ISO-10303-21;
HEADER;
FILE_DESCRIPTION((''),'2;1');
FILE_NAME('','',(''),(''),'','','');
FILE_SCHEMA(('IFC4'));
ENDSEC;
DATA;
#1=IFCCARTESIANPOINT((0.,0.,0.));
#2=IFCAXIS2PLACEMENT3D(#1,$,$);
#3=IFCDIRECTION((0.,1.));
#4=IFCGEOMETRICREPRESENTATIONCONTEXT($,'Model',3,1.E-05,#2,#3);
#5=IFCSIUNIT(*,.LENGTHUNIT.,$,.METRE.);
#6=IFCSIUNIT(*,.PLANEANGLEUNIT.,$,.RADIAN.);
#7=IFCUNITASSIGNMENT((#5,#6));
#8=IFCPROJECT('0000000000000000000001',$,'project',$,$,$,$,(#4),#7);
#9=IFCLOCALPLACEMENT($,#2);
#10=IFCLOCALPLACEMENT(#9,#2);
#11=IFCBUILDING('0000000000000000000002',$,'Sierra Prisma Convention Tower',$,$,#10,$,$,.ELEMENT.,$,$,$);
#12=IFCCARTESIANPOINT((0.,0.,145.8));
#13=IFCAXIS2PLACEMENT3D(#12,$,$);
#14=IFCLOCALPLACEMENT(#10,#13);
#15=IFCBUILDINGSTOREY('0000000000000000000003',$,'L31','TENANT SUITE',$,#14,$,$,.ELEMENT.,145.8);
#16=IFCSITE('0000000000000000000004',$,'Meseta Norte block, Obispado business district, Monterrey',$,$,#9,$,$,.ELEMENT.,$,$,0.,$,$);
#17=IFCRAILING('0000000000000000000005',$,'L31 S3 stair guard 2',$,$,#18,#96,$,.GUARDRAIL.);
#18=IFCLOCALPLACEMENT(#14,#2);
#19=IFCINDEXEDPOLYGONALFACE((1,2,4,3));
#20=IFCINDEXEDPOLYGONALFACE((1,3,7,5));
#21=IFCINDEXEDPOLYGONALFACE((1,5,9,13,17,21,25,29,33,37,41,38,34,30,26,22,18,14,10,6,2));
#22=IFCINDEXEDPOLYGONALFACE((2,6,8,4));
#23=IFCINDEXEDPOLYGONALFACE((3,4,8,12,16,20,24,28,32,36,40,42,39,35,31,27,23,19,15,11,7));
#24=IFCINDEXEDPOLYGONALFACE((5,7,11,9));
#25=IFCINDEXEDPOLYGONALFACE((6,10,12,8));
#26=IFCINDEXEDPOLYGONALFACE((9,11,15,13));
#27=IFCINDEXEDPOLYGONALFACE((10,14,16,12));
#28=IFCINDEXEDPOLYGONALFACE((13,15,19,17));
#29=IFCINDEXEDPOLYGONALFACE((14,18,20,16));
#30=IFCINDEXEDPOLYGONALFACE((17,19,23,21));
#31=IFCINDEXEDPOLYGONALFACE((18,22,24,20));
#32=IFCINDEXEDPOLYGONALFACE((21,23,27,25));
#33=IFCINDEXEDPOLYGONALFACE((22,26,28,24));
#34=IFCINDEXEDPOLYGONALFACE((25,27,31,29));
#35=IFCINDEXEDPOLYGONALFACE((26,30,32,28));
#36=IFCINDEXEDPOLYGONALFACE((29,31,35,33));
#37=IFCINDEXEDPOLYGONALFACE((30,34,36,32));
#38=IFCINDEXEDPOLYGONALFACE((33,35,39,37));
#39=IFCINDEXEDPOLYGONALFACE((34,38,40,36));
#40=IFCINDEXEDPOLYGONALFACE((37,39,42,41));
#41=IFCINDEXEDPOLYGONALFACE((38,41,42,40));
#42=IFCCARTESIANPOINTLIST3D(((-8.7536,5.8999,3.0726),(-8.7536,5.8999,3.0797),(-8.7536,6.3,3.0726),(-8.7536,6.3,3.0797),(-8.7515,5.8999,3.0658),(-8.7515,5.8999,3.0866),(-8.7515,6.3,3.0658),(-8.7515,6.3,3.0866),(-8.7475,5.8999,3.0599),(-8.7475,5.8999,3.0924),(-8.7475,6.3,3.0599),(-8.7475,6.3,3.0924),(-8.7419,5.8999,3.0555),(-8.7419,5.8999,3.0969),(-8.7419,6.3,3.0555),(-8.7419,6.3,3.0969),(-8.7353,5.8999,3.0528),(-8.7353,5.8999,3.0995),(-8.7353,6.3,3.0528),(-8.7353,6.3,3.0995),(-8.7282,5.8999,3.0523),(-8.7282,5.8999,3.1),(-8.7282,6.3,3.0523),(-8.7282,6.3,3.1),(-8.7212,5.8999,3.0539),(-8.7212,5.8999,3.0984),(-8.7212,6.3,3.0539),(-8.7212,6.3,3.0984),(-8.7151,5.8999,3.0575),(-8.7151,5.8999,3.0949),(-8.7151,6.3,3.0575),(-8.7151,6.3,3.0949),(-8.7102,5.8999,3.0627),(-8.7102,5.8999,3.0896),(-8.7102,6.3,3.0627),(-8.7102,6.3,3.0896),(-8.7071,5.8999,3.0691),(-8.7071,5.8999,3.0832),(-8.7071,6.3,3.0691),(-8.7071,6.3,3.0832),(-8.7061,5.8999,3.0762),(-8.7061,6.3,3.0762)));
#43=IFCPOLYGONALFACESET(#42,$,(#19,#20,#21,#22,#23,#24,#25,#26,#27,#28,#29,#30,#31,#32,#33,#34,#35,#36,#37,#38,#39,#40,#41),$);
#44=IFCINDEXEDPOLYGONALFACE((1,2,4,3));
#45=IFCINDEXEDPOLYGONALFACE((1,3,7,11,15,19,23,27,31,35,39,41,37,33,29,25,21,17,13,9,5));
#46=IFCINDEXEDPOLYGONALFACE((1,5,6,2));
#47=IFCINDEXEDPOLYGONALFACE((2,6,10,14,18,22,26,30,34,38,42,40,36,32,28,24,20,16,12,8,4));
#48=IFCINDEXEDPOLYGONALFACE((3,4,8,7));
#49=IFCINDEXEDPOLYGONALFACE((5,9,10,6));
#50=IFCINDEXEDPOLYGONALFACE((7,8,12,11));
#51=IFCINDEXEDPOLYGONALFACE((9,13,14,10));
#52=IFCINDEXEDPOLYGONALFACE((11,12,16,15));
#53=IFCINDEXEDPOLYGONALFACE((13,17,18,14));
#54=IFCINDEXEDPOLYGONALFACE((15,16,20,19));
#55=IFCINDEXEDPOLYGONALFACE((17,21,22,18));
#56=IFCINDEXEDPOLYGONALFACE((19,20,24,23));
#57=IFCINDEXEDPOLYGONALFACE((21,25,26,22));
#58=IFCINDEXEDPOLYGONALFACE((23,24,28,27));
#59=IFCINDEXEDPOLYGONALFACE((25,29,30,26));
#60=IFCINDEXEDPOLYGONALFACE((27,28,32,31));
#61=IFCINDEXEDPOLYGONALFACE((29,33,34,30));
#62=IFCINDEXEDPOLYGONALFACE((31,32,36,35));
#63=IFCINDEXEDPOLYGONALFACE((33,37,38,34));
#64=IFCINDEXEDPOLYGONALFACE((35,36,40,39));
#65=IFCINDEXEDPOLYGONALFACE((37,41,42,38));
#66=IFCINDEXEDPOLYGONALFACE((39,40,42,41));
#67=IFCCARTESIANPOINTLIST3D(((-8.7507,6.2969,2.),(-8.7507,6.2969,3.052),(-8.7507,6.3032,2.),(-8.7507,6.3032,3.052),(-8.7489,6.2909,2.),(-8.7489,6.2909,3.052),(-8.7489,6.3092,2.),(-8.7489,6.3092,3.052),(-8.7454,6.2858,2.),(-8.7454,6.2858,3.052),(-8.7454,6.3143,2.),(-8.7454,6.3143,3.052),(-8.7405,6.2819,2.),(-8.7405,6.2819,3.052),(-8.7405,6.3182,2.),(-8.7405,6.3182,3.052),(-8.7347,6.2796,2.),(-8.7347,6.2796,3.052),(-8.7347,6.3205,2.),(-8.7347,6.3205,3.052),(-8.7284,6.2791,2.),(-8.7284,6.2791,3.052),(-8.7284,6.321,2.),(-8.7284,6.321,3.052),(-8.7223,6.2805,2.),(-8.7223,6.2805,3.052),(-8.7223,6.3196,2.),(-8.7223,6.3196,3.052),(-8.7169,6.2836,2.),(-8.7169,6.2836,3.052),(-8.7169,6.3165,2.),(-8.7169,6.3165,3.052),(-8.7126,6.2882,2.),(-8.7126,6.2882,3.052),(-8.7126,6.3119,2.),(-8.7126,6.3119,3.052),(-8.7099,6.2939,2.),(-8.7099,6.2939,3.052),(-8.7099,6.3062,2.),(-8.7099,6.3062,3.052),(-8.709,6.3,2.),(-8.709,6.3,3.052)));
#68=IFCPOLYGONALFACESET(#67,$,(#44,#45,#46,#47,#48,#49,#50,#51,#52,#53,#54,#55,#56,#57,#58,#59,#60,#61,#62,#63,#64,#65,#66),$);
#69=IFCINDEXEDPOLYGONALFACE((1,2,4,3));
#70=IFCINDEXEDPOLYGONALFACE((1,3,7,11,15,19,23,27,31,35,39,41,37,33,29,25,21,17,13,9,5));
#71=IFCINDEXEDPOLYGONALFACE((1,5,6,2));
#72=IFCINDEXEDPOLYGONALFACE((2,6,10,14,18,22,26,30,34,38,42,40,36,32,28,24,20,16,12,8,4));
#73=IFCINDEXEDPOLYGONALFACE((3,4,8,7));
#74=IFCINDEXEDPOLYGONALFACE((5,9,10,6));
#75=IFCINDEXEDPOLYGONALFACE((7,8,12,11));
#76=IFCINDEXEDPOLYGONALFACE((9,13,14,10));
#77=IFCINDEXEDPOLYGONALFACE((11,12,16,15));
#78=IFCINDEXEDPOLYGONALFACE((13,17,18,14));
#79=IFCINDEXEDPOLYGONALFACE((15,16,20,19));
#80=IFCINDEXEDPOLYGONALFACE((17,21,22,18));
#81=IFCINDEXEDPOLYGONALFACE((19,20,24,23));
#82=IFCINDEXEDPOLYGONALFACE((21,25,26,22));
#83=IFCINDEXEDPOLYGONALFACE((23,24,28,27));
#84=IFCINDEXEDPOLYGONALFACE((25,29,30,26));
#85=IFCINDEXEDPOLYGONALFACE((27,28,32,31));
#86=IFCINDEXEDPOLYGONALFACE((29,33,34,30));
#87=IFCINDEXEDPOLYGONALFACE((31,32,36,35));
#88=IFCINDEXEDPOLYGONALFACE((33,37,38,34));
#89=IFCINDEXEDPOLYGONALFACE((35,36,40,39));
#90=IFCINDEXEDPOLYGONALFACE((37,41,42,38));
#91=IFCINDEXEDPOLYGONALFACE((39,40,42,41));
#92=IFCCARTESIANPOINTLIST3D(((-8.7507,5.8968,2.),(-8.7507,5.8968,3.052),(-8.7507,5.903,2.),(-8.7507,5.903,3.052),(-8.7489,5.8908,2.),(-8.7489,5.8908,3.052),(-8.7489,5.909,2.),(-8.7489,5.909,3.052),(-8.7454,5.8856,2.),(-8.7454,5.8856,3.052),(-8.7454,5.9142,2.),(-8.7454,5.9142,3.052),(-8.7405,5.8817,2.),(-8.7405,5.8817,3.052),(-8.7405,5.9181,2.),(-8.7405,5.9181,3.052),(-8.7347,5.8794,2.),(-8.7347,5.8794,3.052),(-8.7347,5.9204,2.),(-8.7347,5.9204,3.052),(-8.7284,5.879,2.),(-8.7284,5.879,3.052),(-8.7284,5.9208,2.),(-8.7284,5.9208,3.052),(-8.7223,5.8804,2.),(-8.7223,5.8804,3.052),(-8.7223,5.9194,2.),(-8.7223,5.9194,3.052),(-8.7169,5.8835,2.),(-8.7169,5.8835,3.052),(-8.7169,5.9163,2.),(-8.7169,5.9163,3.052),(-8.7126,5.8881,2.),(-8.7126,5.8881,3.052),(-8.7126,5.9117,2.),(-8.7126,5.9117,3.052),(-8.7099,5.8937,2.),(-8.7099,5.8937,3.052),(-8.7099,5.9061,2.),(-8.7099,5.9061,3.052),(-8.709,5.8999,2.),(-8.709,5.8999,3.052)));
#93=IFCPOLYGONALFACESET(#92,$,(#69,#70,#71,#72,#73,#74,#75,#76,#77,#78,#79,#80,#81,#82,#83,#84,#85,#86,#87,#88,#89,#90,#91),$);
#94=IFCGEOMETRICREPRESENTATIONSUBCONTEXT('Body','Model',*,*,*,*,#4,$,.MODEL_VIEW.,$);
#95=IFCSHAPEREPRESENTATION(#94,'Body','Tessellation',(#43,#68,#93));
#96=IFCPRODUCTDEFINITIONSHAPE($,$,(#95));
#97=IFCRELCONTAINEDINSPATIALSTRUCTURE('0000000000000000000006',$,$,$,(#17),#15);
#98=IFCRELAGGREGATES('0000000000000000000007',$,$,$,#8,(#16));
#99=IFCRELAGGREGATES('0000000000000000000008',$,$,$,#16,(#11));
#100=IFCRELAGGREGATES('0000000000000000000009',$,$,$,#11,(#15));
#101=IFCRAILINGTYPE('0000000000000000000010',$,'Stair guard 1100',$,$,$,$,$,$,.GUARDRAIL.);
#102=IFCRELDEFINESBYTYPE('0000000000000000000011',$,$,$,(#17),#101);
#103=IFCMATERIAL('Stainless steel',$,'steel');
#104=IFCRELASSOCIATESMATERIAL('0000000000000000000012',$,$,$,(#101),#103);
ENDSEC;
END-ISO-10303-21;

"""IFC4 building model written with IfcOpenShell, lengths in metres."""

from ifc_helpers import new_model, si_unit, direction, frame, origin, origin_2d, place, context, subcontext, project, spatial, circle, extrude, material, type_object, element, save


model = new_model("IFC4")

# Units and contexts
model_context = context("Model", 3, precision=1e-05, world=origin(), true_north=direction((0.0, 1.0)))
body_context = subcontext(model_context, "Body", "Model", "MODEL_VIEW")
ifc_project = project(units=[si_unit("LENGTHUNIT", "METRE"), si_unit("PLANEANGLEUNIT", "RADIAN")], contexts=[model_context])

# Site, building, storey
site_placement = place(None, origin())
site = spatial("IfcSite", under=ifc_project, at=site_placement, Name="Meseta Norte block, Obispado business district, Monterrey", CompositionType="ELEMENT", RefElevation=0.0)
building_placement = place(site_placement, origin())
building = spatial("IfcBuilding", under=site, at=building_placement, Name="Sierra Prisma Convention Tower", CompositionType="ELEMENT")
storey_placement = place(building_placement, frame((0.0, 0.0, 145.8)))
storey = spatial("IfcBuildingStorey", under=building, at=storey_placement, Name="L31", Description="TENANT SUITE", CompositionType="ELEMENT", Elevation=145.8)

# Railing
ifc_material_1 = material(Name="Stainless steel", Category="steel")
railing_type = type_object("IfcRailingType", Name="Stair guard 1100", PredefinedType="GUARDRAIL", material=ifc_material_1)
railing_placement = place(storey_placement, frame((-8.73, 6.3, 2.0)))
element("IfcRailing", 1, at=railing_placement, inside=storey, type_object=railing_type, Name="L31 S3 stair guard 2", PredefinedType="GUARDRAIL", context=body_context, shape_type="SweptSolid", body=[
    extrude(circle(Radius=0.0239, at=origin_2d()), frame((0.0, 0.0, 1.0762), z_axis=(0.0, -1.0, 0.0), x_axis=(1.0, 0.0, 0.0)), (0.0, 0.0, 1.0), 0.4001),
    extrude(circle(Radius=0.021, at=origin_2d()), origin(), (0.0, 0.0, 1.0), 1.052),
    extrude(circle(Radius=0.021, at=origin_2d()), frame((0.0, -0.4001, 0.0)), (0.0, 0.0, 1.0), 1.052),
])

save(model, "model.ifc")
